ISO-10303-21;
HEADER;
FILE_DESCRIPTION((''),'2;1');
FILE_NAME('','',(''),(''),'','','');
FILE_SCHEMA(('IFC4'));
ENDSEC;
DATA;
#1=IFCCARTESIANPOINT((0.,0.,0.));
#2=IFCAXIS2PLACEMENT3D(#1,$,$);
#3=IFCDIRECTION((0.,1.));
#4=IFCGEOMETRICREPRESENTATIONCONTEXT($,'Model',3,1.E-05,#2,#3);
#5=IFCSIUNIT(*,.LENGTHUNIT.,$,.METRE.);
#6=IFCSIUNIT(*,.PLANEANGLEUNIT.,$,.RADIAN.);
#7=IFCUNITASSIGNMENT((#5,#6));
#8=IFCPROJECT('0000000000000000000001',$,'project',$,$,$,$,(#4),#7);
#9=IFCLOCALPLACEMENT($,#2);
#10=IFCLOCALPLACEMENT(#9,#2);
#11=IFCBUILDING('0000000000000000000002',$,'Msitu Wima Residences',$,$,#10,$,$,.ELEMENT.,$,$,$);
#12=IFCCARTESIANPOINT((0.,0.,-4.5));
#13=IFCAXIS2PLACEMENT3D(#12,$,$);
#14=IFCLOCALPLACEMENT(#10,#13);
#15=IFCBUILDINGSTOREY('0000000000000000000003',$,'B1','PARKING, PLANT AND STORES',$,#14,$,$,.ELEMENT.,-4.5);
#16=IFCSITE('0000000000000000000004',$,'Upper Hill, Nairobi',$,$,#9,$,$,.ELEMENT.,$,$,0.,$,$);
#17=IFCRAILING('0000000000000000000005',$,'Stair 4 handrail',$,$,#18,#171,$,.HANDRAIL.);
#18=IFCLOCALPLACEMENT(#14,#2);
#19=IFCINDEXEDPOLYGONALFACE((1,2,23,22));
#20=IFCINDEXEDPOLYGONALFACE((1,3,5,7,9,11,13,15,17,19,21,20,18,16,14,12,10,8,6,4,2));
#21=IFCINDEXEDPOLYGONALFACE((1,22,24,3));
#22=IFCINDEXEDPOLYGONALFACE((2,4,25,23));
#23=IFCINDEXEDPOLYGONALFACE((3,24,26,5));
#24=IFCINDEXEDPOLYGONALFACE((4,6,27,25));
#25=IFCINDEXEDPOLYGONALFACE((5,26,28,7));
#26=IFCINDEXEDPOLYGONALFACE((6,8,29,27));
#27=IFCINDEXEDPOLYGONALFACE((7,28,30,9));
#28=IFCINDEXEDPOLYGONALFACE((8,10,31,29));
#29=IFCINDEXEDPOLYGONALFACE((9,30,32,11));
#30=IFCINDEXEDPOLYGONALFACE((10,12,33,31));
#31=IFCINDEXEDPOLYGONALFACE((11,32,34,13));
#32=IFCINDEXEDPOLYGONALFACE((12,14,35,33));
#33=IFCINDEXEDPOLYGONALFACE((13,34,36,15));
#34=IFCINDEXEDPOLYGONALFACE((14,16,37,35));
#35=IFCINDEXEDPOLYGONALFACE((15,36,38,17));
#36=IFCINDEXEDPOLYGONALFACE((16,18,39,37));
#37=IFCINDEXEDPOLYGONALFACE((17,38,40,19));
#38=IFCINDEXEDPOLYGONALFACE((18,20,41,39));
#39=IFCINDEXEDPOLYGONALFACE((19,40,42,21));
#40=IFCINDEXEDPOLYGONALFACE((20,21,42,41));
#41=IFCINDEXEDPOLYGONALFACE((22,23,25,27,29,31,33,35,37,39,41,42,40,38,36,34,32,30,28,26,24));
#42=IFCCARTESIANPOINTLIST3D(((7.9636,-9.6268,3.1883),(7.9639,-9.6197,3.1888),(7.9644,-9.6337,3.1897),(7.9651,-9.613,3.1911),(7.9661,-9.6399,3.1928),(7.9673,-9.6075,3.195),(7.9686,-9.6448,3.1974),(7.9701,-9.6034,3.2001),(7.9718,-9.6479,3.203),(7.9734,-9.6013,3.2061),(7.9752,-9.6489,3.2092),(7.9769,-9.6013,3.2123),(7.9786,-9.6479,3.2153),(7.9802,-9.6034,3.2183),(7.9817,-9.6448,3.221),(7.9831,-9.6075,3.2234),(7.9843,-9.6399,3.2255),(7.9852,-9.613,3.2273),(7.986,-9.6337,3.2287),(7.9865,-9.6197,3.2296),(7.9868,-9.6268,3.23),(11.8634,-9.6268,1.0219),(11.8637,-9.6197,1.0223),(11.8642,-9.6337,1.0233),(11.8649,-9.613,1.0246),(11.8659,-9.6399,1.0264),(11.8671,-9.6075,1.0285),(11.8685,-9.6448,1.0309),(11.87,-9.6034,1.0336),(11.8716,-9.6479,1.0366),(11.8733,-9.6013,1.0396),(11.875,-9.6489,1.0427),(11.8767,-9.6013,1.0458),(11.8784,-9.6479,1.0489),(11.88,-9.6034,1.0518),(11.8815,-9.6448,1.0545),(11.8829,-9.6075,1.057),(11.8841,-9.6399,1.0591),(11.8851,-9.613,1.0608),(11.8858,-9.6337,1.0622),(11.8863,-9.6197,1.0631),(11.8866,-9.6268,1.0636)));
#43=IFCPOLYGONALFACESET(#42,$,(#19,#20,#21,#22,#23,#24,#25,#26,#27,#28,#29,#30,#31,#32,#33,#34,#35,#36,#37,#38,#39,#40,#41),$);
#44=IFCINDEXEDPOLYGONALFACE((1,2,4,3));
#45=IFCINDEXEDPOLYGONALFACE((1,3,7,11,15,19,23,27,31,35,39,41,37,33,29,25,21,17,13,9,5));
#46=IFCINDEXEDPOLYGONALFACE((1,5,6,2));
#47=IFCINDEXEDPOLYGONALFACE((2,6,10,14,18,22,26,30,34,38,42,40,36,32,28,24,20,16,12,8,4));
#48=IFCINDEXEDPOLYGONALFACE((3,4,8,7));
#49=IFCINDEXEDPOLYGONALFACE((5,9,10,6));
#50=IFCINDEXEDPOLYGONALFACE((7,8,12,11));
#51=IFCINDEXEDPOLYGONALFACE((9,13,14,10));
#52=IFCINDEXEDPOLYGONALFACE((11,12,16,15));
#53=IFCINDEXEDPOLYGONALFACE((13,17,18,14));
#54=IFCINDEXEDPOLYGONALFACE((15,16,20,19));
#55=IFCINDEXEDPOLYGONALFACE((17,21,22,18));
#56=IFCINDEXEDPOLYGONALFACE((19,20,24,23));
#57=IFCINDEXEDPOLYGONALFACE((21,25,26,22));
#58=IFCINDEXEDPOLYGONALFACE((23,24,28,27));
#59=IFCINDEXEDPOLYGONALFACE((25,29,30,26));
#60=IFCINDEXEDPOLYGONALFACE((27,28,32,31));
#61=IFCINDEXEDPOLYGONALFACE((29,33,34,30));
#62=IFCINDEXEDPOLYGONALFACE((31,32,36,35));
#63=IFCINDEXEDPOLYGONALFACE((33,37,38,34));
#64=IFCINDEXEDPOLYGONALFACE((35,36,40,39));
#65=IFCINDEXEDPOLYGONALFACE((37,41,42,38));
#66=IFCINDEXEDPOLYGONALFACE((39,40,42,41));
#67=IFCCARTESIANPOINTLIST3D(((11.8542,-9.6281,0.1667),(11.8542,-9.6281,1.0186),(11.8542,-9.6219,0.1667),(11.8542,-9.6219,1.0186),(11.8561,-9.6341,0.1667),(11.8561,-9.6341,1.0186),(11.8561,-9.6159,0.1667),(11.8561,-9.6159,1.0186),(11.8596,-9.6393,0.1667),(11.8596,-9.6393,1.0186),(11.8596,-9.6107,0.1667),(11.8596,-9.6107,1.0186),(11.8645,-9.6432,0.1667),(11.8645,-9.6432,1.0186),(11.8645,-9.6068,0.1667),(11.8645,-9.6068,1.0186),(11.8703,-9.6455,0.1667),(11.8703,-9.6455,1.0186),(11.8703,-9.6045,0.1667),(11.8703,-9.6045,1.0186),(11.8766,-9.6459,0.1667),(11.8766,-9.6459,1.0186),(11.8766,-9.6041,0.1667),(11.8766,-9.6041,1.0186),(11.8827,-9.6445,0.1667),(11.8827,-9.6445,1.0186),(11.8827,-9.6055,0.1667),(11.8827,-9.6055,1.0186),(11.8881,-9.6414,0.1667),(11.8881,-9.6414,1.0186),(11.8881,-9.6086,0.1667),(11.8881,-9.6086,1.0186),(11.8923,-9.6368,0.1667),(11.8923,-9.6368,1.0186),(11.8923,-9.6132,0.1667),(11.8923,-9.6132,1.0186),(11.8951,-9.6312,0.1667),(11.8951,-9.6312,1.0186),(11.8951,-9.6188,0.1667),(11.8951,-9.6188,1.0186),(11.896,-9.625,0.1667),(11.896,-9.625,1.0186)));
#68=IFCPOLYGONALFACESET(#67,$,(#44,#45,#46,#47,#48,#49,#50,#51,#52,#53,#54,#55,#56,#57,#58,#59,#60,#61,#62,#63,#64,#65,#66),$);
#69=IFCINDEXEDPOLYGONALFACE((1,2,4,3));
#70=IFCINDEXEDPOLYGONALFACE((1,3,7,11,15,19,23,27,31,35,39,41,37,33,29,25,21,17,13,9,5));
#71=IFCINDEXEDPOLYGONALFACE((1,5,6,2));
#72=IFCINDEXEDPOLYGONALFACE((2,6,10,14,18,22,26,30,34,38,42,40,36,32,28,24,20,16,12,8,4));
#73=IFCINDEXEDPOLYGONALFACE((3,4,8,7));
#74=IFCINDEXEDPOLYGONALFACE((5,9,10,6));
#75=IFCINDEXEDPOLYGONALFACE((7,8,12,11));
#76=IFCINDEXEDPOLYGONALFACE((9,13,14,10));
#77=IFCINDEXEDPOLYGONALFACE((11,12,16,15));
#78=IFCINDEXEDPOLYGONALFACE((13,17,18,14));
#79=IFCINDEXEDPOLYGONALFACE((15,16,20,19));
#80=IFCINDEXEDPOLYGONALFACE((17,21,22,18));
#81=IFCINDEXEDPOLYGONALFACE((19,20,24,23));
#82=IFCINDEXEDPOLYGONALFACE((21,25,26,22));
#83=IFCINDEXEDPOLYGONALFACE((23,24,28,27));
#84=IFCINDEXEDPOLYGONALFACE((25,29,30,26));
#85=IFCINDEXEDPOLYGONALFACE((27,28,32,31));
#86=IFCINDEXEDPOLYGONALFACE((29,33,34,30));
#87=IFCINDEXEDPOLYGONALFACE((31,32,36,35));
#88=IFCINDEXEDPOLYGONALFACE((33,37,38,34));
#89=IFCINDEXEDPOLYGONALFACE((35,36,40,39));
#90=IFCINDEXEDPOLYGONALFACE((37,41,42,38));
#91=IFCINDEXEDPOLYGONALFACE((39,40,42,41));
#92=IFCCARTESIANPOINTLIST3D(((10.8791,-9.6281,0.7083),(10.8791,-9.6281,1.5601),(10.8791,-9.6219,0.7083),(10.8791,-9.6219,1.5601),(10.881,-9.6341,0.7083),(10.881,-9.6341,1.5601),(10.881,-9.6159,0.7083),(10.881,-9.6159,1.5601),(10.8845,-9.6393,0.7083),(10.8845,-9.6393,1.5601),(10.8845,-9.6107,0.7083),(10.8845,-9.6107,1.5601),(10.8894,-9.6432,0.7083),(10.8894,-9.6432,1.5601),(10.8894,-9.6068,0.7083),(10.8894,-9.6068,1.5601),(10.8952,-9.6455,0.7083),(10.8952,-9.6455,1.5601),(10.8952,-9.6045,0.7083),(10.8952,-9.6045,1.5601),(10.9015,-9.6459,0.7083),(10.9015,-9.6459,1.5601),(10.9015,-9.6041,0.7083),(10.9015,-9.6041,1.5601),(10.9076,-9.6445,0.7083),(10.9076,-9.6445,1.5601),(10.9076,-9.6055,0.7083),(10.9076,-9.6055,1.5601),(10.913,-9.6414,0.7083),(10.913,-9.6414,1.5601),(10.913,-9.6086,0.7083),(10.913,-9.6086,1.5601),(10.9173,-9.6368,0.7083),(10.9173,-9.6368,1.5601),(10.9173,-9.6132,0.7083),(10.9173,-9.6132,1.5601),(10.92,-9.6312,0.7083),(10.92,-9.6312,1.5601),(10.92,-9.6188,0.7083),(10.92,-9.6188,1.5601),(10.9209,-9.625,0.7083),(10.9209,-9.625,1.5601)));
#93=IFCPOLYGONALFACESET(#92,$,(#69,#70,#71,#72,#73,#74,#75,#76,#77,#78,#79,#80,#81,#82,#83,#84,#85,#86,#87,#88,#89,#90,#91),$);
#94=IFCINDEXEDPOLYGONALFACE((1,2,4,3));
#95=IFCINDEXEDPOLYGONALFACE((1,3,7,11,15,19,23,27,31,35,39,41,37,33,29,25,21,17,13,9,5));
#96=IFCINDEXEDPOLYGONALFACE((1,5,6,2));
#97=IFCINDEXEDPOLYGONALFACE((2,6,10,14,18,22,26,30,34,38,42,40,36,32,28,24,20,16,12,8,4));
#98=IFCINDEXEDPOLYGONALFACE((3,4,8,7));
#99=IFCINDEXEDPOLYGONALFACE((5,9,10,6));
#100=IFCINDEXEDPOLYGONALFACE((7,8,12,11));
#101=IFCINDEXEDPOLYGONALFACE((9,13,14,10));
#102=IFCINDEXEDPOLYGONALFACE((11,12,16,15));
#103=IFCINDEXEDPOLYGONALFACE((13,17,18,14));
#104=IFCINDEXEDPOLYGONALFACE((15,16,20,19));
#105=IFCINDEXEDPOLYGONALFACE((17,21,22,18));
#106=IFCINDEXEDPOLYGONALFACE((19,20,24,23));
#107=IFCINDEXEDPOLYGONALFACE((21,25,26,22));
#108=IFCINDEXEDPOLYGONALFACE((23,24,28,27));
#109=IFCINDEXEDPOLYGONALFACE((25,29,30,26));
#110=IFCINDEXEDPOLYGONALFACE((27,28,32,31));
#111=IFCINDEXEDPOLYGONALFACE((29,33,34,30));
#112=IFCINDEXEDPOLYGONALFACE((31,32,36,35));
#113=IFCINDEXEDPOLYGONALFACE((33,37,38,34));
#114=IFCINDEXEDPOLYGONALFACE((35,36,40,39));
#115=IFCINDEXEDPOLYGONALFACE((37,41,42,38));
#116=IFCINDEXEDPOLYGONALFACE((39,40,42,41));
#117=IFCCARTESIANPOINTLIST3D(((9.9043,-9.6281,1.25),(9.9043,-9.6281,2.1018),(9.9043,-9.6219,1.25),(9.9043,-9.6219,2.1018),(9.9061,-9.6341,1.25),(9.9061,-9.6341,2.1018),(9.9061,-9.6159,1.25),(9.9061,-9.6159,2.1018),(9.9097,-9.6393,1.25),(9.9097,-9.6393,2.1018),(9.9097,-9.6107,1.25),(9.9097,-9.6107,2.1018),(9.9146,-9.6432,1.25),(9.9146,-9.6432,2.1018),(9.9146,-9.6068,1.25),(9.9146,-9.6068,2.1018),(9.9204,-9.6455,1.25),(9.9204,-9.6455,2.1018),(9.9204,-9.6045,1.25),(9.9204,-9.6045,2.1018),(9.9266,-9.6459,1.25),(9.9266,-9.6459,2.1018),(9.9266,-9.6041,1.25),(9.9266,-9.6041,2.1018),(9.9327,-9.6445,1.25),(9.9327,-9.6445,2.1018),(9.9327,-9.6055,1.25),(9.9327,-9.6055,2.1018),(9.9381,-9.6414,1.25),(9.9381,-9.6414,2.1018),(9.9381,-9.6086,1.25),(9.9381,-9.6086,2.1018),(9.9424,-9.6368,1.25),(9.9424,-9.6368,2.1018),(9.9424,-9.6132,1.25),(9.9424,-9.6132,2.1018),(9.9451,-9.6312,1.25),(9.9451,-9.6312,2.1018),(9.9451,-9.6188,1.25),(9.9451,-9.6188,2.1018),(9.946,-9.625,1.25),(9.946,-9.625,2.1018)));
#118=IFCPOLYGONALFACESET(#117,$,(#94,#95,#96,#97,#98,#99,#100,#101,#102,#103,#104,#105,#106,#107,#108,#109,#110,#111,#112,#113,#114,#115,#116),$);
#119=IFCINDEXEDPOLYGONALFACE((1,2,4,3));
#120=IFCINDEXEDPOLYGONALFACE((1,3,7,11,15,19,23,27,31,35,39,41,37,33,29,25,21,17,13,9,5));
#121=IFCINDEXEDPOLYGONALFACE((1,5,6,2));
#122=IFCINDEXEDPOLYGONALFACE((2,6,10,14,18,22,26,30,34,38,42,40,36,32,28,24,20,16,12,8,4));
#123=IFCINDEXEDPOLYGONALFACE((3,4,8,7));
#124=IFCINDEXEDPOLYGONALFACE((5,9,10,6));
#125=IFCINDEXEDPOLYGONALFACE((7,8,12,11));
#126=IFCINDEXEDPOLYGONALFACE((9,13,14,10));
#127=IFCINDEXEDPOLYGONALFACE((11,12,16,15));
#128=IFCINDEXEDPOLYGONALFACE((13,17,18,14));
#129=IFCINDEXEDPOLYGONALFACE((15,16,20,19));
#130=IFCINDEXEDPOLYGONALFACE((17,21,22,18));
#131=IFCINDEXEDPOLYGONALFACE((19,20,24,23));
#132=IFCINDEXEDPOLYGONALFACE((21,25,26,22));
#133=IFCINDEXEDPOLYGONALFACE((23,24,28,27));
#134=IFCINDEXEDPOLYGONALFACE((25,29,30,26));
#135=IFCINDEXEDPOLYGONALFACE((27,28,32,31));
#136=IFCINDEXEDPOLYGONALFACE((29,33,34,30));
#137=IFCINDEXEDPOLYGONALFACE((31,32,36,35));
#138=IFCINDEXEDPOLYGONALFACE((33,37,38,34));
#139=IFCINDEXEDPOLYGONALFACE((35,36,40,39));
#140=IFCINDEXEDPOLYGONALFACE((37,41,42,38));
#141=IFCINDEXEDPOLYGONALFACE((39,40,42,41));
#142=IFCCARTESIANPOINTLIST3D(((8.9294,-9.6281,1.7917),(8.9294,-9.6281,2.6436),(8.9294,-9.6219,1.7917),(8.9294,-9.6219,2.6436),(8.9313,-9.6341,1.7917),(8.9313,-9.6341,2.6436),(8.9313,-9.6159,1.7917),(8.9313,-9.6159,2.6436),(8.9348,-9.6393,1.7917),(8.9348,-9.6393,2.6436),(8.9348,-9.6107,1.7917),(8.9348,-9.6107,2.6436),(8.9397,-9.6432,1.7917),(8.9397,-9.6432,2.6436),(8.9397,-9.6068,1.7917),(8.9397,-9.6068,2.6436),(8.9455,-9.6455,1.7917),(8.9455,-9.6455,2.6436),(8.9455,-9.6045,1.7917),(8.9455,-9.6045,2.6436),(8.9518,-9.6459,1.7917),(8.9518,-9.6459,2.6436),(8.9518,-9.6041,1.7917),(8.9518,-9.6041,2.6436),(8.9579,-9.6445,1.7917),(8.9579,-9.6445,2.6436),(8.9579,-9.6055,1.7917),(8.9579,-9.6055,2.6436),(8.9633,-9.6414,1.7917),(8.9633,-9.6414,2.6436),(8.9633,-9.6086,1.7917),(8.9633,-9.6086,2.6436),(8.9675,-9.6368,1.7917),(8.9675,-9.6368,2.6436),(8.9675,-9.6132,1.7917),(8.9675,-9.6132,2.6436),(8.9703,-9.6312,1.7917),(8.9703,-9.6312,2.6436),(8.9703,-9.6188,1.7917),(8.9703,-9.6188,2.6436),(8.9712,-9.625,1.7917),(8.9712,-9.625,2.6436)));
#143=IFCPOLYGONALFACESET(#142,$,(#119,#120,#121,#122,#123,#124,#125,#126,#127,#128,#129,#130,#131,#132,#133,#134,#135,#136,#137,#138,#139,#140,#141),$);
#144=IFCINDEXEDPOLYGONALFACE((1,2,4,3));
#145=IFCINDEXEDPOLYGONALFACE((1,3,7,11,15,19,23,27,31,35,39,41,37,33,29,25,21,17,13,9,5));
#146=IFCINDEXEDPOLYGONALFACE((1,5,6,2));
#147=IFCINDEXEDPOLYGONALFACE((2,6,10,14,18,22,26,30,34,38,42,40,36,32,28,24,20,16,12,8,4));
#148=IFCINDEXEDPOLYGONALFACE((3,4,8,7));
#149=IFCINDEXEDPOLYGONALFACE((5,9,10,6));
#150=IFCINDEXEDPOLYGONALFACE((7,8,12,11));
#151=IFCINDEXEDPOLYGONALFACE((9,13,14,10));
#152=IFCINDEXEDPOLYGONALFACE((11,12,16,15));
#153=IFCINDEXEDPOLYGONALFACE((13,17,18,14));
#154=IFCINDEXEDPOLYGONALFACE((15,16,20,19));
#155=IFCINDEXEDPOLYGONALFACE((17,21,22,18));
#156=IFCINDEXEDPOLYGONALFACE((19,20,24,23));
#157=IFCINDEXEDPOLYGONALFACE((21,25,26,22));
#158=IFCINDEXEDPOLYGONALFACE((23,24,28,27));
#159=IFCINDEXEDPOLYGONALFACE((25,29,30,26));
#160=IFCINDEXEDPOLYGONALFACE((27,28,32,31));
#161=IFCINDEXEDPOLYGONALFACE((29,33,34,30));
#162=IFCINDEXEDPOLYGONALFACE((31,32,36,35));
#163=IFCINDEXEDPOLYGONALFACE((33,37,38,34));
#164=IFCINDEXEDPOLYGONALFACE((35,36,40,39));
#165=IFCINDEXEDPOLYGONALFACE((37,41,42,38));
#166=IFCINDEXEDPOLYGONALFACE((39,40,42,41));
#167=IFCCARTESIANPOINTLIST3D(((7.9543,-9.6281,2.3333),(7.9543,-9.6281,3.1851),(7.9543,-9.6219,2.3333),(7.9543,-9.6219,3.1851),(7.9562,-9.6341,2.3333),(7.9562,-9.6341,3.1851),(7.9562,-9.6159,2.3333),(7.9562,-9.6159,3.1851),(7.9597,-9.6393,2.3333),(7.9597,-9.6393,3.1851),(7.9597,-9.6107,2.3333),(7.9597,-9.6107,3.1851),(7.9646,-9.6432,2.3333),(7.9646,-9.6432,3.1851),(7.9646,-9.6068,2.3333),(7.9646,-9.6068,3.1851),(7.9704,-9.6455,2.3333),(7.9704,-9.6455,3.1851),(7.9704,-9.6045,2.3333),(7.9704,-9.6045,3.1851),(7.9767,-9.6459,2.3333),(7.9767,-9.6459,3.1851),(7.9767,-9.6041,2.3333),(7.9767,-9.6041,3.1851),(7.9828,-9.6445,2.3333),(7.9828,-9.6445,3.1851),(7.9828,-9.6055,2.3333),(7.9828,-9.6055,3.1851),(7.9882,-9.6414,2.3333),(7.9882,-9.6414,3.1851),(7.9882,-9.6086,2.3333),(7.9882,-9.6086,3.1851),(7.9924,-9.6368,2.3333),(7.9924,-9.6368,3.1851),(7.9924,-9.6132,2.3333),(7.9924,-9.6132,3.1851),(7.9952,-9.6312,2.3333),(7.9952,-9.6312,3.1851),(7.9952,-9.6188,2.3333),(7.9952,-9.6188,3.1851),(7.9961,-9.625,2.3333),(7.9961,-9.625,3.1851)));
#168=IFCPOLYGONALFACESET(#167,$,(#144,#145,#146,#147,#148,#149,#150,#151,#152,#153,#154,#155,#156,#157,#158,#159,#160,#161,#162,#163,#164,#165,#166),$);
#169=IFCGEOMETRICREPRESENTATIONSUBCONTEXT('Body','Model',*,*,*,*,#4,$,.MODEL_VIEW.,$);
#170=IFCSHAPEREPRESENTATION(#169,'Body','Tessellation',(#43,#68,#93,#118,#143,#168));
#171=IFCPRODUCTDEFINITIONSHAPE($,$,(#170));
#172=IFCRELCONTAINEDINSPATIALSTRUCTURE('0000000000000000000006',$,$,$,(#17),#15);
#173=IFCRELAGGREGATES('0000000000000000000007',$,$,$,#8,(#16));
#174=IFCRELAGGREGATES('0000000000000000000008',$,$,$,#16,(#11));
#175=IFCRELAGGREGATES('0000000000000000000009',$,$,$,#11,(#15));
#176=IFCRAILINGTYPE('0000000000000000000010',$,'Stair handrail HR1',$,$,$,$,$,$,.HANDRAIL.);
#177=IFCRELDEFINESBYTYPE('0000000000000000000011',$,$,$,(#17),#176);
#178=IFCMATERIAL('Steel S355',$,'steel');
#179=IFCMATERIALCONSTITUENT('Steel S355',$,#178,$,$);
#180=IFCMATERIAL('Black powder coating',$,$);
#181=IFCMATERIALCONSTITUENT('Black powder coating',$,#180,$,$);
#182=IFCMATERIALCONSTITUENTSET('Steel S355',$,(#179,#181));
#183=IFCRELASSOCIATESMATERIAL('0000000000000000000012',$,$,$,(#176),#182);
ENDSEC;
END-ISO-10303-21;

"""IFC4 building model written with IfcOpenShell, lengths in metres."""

from ifc_helpers import new_model, si_unit, direction, frame, origin, origin_2d, place, context, subcontext, project, spatial, circle, extrude, material, constituent, constituent_set, type_object, element, save


model = new_model("IFC4")

# Units and contexts
model_context = context("Model", 3, precision=1e-05, world=origin(), true_north=direction((0.0, 1.0)))
body_context = subcontext(model_context, "Body", "Model", "MODEL_VIEW")
ifc_project = project(units=[si_unit("LENGTHUNIT", "METRE"), si_unit("PLANEANGLEUNIT", "RADIAN")], contexts=[model_context])

# Site, building, storey
site_placement = place(None, origin())
site = spatial("IfcSite", under=ifc_project, at=site_placement, Name="Upper Hill, Nairobi", CompositionType="ELEMENT", RefElevation=0.0)
building_placement = place(site_placement, origin())
building = spatial("IfcBuilding", under=site, at=building_placement, Name="Msitu Wima Residences", CompositionType="ELEMENT")
storey_placement = place(building_placement, frame((0.0, 0.0, -4.5)))
storey = spatial("IfcBuildingStorey", under=building, at=storey_placement, Name="B1", Description="PARKING, PLANT AND STORES", CompositionType="ELEMENT", Elevation=-4.5)

# Railing
ifc_material_1 = material(Name="Steel S355", Category="steel")
ifc_constituent_1 = constituent(ifc_material_1, Name="Steel S355")
ifc_material_2 = material(Name="Black powder coating")
ifc_constituent_2 = constituent(ifc_material_2, Name="Black powder coating")
ifc_constituent_set = constituent_set(constituents=[ifc_constituent_1, ifc_constituent_2], Name="Steel S355")
railing_type = type_object("IfcRailingType", Name="Stair handrail HR1", PredefinedType="HANDRAIL", material=ifc_constituent_set)
for number, where, name in (
    (1, (11.875, -9.625, 0.1667), "Stair 4 handrail"),
):
    element("IfcRailing", number, at=place(storey_placement, frame(where)), inside=storey, type_object=railing_type, Name=name, PredefinedType="HANDRAIL", context=body_context, shape_type="SweptSolid", body=[
        extrude(circle(Radius=0.0239, at=origin_2d()), frame((0.0, 0.0, 0.876), z_axis=(-0.874168, 0.0, 0.485624), x_axis=(0.0, -1.0, 0.0)), (0.0, 0.0, 1.0), 4.4612),
        extrude(circle(Radius=0.021, at=origin_2d()), origin(), (0.0, 0.0, 1.0), 0.8518),
        extrude(circle(Radius=0.021, at=origin_2d()), frame((-0.9751, 0.0, 0.5415)), (0.0, 0.0, 1.0), 0.8518),
        extrude(circle(Radius=0.021, at=origin_2d()), frame((-1.95, 0.0, 1.0833)), (0.0, 0.0, 1.0), 0.8518),
        extrude(circle(Radius=0.021, at=origin_2d()), frame((-2.9248, 0.0, 1.625)), (0.0, 0.0, 1.0), 0.8518),
        extrude(circle(Radius=0.021, at=origin_2d()), frame((-3.8999, 0.0, 2.1665)), (0.0, 0.0, 1.0), 0.8518),
    ])

save(model, "model.ifc")
